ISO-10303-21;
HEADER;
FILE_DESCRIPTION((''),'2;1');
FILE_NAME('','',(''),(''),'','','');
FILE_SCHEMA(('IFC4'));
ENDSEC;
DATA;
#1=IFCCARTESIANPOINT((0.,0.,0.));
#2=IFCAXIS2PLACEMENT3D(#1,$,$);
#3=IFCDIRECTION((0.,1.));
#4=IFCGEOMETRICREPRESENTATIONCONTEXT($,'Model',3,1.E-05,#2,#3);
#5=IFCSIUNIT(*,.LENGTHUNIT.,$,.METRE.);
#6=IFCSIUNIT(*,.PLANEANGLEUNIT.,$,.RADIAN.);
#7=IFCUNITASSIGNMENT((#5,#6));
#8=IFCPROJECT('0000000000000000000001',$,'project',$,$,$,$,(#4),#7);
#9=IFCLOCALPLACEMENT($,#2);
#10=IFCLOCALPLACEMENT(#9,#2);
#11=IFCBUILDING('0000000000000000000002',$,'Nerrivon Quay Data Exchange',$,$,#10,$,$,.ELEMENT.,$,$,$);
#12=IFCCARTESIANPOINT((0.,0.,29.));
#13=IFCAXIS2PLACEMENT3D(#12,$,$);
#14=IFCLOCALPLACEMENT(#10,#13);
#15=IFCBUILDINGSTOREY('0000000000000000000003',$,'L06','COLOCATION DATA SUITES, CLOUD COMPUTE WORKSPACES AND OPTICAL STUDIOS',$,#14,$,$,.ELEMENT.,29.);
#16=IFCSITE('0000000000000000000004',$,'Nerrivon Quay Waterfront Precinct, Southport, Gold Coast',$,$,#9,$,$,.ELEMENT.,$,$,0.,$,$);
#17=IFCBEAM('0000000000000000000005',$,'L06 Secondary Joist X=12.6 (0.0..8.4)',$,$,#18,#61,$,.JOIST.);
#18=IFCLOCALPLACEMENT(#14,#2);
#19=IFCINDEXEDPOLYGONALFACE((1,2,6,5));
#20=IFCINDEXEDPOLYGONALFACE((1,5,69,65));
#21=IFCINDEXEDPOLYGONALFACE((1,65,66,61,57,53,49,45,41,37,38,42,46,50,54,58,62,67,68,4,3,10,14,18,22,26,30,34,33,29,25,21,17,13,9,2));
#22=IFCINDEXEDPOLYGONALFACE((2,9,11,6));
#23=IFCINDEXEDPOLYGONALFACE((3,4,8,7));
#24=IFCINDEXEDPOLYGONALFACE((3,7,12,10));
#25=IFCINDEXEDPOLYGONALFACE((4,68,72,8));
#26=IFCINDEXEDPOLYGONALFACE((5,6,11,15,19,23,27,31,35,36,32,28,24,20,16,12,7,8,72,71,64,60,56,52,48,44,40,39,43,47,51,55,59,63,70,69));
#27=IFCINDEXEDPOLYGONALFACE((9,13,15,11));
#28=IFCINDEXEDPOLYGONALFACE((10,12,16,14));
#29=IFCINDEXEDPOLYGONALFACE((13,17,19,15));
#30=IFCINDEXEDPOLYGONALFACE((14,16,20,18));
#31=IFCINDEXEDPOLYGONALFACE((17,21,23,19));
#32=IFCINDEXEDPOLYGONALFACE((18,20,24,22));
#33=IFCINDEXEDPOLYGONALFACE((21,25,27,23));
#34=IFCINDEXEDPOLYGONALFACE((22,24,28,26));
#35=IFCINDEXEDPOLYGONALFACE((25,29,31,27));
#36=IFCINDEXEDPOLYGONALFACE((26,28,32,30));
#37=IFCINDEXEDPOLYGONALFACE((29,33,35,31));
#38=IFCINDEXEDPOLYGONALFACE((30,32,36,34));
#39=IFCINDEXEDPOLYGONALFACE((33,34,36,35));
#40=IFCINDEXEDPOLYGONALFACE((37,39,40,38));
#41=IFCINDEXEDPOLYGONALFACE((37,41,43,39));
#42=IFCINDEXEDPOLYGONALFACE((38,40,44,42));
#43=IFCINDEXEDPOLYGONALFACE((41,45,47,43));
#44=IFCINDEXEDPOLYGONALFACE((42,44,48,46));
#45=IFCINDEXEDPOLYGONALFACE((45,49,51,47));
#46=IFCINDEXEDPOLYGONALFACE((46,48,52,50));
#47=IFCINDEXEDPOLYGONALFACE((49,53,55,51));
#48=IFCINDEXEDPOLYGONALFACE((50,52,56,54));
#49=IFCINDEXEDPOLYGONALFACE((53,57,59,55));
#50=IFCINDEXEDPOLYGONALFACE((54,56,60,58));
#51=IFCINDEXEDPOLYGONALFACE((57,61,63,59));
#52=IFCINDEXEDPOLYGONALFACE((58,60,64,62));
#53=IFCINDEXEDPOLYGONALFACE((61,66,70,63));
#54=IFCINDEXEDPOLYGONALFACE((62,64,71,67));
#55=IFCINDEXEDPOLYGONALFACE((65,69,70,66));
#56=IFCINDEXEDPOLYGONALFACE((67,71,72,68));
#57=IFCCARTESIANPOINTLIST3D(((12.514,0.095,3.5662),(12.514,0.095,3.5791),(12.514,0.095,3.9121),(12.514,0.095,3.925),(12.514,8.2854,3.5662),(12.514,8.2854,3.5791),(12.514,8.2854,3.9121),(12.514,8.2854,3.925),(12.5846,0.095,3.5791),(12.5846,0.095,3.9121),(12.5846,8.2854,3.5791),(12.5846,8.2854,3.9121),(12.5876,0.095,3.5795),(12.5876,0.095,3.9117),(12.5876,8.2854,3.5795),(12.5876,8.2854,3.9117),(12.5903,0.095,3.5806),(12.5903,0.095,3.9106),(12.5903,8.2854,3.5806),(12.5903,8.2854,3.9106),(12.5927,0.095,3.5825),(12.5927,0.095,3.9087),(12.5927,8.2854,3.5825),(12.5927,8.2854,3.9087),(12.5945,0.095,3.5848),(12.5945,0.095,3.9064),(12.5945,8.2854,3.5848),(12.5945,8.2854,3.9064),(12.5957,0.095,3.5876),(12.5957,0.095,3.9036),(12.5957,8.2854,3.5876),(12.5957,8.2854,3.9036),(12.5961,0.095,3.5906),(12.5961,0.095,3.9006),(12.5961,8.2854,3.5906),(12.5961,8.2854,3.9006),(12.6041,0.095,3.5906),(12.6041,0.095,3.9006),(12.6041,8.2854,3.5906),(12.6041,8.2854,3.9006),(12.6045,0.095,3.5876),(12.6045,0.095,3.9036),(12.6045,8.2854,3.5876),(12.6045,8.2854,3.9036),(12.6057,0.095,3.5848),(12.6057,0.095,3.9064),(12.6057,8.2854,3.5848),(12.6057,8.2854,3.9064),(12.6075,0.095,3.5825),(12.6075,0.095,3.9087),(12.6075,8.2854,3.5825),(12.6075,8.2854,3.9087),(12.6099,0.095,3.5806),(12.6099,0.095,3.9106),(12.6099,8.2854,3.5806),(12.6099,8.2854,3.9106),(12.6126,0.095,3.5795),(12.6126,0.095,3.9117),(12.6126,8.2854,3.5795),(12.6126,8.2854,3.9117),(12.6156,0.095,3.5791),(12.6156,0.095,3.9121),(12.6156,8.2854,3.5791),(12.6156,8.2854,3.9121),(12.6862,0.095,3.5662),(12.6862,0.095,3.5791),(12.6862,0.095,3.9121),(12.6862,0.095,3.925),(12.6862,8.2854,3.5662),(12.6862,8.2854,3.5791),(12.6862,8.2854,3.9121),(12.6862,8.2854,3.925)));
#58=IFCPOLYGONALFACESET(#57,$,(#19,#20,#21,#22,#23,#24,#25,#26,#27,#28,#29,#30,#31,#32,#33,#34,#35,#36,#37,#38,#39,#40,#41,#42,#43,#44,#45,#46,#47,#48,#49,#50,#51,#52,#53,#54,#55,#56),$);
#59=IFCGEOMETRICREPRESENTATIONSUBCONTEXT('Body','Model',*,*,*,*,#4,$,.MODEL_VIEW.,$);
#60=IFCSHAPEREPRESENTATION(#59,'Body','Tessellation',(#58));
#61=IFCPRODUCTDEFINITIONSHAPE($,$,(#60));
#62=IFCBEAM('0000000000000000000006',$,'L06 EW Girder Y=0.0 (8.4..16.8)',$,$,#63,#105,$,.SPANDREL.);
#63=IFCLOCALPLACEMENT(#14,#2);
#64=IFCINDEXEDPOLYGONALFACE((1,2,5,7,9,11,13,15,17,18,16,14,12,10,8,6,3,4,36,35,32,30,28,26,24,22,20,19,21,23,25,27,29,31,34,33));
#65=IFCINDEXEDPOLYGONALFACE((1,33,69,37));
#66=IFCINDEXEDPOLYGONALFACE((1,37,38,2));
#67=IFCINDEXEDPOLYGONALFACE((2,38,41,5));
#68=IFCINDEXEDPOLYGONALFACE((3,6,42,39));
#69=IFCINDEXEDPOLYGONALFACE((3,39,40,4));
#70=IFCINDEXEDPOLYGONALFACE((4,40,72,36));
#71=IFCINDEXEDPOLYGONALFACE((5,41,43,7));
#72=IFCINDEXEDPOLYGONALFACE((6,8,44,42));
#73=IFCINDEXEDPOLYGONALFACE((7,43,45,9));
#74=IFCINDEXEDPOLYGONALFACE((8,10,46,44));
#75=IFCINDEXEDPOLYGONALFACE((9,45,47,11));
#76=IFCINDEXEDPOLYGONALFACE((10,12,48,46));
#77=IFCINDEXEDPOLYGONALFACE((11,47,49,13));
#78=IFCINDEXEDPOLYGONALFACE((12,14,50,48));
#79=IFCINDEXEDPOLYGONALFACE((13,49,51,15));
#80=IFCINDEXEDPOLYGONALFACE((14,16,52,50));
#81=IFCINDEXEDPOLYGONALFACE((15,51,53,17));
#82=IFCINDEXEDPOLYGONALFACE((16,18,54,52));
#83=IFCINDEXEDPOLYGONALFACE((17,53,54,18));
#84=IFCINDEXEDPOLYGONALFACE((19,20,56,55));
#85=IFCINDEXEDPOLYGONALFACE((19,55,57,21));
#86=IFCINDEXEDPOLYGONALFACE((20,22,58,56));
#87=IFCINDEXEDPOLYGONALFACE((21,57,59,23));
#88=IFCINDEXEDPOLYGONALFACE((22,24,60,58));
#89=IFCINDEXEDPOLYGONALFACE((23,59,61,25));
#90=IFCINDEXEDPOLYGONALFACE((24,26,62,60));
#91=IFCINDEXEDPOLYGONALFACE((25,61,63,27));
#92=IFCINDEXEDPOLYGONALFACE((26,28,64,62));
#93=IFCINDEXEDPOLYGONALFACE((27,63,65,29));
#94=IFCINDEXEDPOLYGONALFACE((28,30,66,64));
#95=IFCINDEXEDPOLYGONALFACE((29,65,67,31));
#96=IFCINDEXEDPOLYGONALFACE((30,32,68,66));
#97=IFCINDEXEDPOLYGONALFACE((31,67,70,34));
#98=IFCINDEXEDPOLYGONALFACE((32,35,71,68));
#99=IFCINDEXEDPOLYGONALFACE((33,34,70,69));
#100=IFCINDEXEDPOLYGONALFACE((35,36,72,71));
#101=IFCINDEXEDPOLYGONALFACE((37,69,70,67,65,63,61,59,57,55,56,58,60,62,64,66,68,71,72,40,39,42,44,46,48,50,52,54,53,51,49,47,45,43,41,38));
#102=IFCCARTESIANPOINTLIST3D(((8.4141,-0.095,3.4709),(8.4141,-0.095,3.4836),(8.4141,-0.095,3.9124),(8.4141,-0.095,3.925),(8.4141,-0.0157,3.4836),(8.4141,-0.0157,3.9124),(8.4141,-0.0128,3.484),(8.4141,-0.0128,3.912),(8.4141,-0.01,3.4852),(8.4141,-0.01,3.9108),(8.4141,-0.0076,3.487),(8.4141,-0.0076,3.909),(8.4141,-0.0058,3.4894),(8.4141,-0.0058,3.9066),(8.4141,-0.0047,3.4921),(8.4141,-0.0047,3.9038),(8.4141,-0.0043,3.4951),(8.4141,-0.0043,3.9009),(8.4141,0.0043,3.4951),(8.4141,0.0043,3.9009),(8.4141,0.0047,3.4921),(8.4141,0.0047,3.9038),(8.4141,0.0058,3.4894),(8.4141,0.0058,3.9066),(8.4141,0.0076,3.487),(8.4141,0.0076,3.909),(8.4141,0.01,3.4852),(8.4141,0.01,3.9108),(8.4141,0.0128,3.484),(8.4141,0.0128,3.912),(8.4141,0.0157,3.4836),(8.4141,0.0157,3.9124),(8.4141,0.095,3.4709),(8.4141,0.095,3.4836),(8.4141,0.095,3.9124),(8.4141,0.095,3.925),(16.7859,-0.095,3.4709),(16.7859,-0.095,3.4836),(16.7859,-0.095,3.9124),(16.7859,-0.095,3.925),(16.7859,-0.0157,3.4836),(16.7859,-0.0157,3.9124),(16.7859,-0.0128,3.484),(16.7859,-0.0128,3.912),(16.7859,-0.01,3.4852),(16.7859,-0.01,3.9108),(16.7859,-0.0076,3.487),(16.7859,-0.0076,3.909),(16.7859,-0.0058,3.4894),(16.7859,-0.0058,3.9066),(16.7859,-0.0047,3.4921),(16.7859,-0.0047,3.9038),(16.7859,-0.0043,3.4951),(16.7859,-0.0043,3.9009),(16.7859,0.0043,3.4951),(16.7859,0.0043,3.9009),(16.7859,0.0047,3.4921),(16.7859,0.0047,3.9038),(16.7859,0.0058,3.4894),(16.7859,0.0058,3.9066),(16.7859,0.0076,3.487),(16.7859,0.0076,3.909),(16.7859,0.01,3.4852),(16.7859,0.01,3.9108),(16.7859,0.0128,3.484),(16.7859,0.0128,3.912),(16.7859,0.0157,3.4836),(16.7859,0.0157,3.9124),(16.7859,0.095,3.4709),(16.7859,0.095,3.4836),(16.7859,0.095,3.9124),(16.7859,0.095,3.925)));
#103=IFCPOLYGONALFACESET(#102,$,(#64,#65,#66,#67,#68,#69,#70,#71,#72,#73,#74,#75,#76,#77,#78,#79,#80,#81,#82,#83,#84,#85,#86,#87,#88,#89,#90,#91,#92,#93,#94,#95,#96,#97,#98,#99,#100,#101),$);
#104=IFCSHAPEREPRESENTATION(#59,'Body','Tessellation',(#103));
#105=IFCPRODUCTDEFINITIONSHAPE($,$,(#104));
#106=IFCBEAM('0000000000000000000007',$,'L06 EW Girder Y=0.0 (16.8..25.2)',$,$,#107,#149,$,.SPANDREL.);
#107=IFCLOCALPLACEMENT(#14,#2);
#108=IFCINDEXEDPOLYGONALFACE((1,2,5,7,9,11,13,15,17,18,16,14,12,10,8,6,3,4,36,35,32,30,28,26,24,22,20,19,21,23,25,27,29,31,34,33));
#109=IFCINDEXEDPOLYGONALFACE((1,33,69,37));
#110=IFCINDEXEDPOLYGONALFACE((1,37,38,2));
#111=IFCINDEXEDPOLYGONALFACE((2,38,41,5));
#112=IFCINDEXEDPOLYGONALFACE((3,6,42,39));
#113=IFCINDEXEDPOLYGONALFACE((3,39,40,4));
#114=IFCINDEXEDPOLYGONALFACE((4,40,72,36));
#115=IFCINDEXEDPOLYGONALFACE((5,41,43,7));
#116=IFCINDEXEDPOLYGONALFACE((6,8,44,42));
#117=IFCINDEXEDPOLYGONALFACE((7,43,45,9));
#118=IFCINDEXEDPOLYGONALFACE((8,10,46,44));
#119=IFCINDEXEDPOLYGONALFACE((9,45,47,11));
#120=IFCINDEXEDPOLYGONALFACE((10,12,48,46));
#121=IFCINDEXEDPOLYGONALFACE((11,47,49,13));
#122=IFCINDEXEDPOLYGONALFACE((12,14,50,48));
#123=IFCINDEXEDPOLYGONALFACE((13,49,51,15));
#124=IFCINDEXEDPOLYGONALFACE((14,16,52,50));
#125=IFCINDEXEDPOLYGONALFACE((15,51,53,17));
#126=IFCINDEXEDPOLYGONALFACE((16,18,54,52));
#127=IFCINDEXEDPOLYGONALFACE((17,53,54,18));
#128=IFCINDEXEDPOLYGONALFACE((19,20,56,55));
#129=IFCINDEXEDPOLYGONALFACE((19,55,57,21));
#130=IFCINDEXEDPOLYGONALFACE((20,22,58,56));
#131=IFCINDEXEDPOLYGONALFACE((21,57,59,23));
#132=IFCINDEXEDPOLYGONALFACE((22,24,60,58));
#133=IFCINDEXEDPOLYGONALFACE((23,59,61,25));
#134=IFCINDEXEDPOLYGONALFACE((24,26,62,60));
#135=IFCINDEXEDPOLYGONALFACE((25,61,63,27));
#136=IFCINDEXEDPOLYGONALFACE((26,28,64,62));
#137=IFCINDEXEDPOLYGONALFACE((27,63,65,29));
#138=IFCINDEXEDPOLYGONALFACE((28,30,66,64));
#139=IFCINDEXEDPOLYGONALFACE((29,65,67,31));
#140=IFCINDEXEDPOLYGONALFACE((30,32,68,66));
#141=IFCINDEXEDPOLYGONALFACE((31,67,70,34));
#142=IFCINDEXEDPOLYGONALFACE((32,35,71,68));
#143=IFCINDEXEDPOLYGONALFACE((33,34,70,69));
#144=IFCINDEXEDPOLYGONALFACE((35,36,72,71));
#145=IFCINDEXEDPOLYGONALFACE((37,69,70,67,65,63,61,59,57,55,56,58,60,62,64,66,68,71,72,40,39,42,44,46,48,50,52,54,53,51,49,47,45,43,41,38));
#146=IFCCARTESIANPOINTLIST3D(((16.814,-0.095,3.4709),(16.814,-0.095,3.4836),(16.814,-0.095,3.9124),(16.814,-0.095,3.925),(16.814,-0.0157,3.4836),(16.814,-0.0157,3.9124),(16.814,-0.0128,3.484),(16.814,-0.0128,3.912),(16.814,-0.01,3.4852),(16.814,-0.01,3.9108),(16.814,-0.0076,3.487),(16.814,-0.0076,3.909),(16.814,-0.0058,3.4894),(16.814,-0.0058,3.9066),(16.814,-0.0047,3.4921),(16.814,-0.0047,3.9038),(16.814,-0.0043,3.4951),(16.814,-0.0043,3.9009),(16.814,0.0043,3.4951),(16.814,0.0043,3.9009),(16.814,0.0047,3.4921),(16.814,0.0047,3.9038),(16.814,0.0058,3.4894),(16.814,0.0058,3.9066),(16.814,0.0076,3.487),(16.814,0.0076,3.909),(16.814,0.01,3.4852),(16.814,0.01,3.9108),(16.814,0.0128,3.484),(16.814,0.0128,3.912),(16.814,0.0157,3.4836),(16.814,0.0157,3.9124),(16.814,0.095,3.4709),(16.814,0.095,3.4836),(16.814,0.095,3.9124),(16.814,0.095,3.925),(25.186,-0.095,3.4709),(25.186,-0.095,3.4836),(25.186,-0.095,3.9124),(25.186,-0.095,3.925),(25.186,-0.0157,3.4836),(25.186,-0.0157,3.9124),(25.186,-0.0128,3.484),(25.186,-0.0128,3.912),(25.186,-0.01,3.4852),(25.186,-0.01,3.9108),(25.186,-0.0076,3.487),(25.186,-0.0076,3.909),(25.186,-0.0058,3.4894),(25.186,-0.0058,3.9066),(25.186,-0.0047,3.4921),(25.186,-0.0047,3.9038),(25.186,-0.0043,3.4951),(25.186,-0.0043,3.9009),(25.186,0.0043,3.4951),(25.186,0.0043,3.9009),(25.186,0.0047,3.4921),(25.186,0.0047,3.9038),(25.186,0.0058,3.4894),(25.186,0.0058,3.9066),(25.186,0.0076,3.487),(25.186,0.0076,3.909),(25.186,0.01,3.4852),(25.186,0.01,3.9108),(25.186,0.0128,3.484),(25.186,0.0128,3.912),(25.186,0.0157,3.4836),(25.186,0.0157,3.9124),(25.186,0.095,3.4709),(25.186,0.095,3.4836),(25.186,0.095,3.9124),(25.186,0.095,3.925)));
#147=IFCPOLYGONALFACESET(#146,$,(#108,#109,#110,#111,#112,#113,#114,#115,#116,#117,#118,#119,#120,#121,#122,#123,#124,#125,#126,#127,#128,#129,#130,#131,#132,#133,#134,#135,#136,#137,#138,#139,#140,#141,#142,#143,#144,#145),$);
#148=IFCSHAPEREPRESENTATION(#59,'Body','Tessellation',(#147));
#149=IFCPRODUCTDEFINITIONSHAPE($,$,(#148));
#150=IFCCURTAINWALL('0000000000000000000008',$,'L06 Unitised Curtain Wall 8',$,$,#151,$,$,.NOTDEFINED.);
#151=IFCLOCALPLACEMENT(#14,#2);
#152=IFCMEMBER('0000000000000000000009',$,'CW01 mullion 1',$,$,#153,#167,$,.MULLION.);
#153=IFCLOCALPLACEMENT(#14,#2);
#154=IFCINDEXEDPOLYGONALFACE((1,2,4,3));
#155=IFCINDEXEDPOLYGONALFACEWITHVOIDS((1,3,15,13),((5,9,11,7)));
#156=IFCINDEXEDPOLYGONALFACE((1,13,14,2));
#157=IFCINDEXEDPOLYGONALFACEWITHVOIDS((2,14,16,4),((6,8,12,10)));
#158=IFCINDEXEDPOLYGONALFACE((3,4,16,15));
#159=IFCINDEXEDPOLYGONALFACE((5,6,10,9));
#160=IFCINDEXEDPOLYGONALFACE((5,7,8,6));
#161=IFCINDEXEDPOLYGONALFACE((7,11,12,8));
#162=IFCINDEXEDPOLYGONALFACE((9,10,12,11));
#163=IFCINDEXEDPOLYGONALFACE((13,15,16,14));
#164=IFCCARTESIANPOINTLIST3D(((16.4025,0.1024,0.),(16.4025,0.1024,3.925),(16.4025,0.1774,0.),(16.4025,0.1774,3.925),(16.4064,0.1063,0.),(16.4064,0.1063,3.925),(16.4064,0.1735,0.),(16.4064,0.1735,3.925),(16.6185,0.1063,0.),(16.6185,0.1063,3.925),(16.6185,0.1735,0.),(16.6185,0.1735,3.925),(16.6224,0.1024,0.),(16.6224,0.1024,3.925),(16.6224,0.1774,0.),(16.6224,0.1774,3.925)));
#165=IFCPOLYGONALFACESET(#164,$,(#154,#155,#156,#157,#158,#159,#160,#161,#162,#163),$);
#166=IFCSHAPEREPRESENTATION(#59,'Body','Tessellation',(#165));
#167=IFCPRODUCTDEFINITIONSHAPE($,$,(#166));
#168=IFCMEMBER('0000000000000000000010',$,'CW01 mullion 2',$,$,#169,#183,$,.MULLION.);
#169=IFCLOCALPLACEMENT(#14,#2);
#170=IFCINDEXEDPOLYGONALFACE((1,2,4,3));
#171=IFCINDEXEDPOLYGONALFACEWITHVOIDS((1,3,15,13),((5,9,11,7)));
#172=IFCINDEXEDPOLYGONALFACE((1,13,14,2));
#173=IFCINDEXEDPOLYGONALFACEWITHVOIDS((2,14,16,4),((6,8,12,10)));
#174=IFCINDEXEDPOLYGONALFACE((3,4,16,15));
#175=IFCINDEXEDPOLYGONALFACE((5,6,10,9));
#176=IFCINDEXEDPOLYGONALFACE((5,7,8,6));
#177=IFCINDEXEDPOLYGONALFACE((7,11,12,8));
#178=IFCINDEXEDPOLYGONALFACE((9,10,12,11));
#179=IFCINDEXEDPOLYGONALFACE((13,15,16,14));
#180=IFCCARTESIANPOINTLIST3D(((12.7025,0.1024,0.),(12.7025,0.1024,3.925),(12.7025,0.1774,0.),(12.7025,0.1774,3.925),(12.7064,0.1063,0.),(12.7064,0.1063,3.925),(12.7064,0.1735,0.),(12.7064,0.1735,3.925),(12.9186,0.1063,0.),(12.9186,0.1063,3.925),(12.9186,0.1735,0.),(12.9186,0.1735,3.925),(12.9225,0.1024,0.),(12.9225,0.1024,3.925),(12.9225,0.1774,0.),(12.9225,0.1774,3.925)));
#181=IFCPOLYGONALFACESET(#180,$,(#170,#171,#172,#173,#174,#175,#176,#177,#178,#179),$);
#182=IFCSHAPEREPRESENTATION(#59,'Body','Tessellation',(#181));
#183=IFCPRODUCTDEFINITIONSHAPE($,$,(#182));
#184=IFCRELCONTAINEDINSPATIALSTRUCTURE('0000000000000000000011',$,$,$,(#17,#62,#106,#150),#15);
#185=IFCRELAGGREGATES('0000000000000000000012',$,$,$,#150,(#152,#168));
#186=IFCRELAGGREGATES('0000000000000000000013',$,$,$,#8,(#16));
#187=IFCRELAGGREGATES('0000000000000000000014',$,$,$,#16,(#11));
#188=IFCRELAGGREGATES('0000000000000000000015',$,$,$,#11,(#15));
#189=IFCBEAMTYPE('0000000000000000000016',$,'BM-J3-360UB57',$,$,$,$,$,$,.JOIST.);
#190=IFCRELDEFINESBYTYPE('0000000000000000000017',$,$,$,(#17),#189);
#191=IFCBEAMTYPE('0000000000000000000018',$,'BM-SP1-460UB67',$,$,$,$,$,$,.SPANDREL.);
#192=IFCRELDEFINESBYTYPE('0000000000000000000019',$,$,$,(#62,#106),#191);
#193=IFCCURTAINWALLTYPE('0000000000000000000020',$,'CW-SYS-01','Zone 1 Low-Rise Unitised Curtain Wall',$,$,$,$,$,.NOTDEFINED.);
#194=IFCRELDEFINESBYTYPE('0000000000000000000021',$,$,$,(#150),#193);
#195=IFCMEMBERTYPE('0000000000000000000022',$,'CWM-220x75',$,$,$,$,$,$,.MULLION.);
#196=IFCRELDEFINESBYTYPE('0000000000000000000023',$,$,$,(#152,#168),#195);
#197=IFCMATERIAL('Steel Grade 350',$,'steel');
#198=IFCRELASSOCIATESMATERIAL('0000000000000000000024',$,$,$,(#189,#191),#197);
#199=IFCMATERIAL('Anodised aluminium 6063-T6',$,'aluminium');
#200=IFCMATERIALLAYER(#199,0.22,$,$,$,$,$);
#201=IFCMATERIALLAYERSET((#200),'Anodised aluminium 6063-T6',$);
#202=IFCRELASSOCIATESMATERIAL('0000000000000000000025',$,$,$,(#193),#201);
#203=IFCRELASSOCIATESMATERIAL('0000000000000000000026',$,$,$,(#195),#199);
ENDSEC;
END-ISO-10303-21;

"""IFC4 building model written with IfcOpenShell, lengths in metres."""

from ifc_helpers import new_model, si_unit, direction, frame, origin, origin_2d, place, context, subcontext, project, spatial, hollow_rectangle, i_section, extrude, material, layer, layer_set, material_profile, profile_set, type_object, element, aggregate, save


model = new_model("IFC4")

# Units and contexts
model_context = context("Model", 3, precision=1e-05, world=origin(), true_north=direction((0.0, 1.0)))
body_context = subcontext(model_context, "Body", "Model", "MODEL_VIEW")
ifc_project = project(units=[si_unit("LENGTHUNIT", "METRE"), si_unit("PLANEANGLEUNIT", "RADIAN")], contexts=[model_context])

# Site, building, storey
site_placement = place(None, origin())
site = spatial("IfcSite", under=ifc_project, at=site_placement, Name="Nerrivon Quay Waterfront Precinct, Southport, Gold Coast", CompositionType="ELEMENT", RefElevation=0.0)
building_placement = place(site_placement, origin())
building = spatial("IfcBuilding", under=site, at=building_placement, Name="Nerrivon Quay Data Exchange", CompositionType="ELEMENT")
storey_placement = place(building_placement, frame((0.0, 0.0, 29.0)))
storey = spatial("IfcBuildingStorey", under=building, at=storey_placement, Name="L06", Description="COLOCATION DATA SUITES, CLOUD COMPUTE WORKSPACES AND OPTICAL STUDIOS", CompositionType="ELEMENT", Elevation=29.0)

# Shared definitions
ifc_material_1 = material(Name="Steel Grade 350", Category="steel")

# Beams
ifc_material_profile_1 = material_profile(ifc_material_1, i_section(OverallWidth=0.1721, OverallDepth=0.3589, WebThickness=0.0081, FlangeThickness=0.0129, FilletRadius=0.0115, at=origin_2d()), Name="360UB56.7")
ifc_profile_set_1 = profile_set([ifc_material_profile_1], Name="Steel Grade 350")
beam_type_1 = type_object("IfcBeamType", Name="BM-J3-360UB57", PredefinedType="JOIST", material=ifc_profile_set_1)
beam_1_placement = place(storey_placement, frame((12.6001, 0.095, 3.7456), z_axis=(0.0, 1.0, 0.0), x_axis=(-1.0, 0.0, 0.0)))
element("IfcBeam", 1, at=beam_1_placement, inside=storey, type_object=beam_type_1, Name="L06 Secondary Joist X=12.6 (0.0..8.4)", PredefinedType="JOIST", context=body_context, shape_type="SweptSolid", body=[
    extrude(i_section(OverallWidth=0.1721, OverallDepth=0.3589, WebThickness=0.0081, FlangeThickness=0.0129, FilletRadius=0.0115, at=origin_2d()), origin(), (0.0, 0.0, 1.0), 8.1904),
])
ifc_material_profile_2 = material_profile(ifc_material_1, i_section(OverallWidth=0.1899, OverallDepth=0.4541, WebThickness=0.0085, FlangeThickness=0.0127, FilletRadius=0.0115, at=origin_2d()), Name="460UB67.1")
ifc_profile_set_2 = profile_set([ifc_material_profile_2], Name="Steel Grade 350")
beam_type_2 = type_object("IfcBeamType", Name="BM-SP1-460UB67", PredefinedType="SPANDREL", material=ifc_profile_set_2)
beam_2_placement = place(storey_placement, frame((8.4141, 0.0, 3.698), z_axis=(1.0, 0.0, 0.0), x_axis=(0.0, 1.0, 0.0)))
element("IfcBeam", 2, at=beam_2_placement, inside=storey, type_object=beam_type_2, Name="L06 EW Girder Y=0.0 (8.4..16.8)", PredefinedType="SPANDREL", context=body_context, shape_type="SweptSolid", body=[
    extrude(i_section(OverallWidth=0.1899, OverallDepth=0.4541, WebThickness=0.0085, FlangeThickness=0.0127, FilletRadius=0.0115, at=origin_2d()), origin(), (0.0, 0.0, 1.0), 8.3718),
])
beam_3_placement = place(storey_placement, frame((16.814, 0.0, 3.698), z_axis=(1.0, 0.0, 0.0), x_axis=(0.0, 1.0, 0.0)))
element("IfcBeam", 3, at=beam_3_placement, inside=storey, type_object=beam_type_2, Name="L06 EW Girder Y=0.0 (16.8..25.2)", PredefinedType="SPANDREL", context=body_context, shape_type="SweptSolid", body=[
    extrude(i_section(OverallWidth=0.1899, OverallDepth=0.4541, WebThickness=0.0085, FlangeThickness=0.0127, FilletRadius=0.0115, at=origin_2d()), origin(), (0.0, 0.0, 1.0), 8.3721),
])

# Curtain wall, members
ifc_material_2 = material(Name="Anodised aluminium 6063-T6", Category="aluminium")
ifc_layer_1 = layer(ifc_material_2, 0.22)
ifc_layer_set_1 = layer_set([ifc_layer_1], Name="Anodised aluminium 6063-T6")
curtain_wall_type = type_object("IfcCurtainWallType", Name="CW-SYS-01", Description="Zone 1 Low-Rise Unitised Curtain Wall", PredefinedType="NOTDEFINED", material=ifc_layer_set_1)
curtain_wall_1_placement = place(storey_placement, origin())
curtain_wall_1 = element("IfcCurtainWall", 4, at=curtain_wall_1_placement, inside=storey, type_object=curtain_wall_type, Name="L06 Unitised Curtain Wall 8", PredefinedType="NOTDEFINED")
ifc_material_profile_3 = material_profile(ifc_material_2, hollow_rectangle(XDim=0.075, YDim=0.22, WallThickness=0.0039, at=origin_2d()), Name="ALU-MULL-220x75")
ifc_profile_set_3 = profile_set([ifc_material_profile_3], Name="Anodised aluminium 6063-T6")
member_type_1 = type_object("IfcMemberType", Name="CWM-220x75", PredefinedType="MULLION", material=ifc_profile_set_3)
member_1_placement = place(storey_placement, frame((16.5125, 0.1399, 0.0), z_axis=(0.0, 0.0, 1.0), x_axis=(0.0, -1.0, 0.0)))
member_1 = element("IfcMember", 5, at=member_1_placement, type_object=member_type_1, Name="CW01 mullion 1", PredefinedType="MULLION", context=body_context, shape_type="SweptSolid", body=[
    extrude(hollow_rectangle(XDim=0.075, YDim=0.22, WallThickness=0.0039, at=origin_2d()), origin(), (0.0, 0.0, 1.0), 3.925),
])
member_2_placement = place(storey_placement, frame((12.8125, 0.1399, 0.0), z_axis=(0.0, 0.0, 1.0), x_axis=(0.0, -1.0, 0.0)))
member_2 = element("IfcMember", 6, at=member_2_placement, type_object=member_type_1, Name="CW01 mullion 2", PredefinedType="MULLION", context=body_context, shape_type="SweptSolid", body=[
    extrude(hollow_rectangle(XDim=0.075, YDim=0.22, WallThickness=0.0039, at=origin_2d()), origin(), (0.0, 0.0, 1.0), 3.925),
])

aggregate(curtain_wall_1, [member_1, member_2])

save(model, "model.ifc")
